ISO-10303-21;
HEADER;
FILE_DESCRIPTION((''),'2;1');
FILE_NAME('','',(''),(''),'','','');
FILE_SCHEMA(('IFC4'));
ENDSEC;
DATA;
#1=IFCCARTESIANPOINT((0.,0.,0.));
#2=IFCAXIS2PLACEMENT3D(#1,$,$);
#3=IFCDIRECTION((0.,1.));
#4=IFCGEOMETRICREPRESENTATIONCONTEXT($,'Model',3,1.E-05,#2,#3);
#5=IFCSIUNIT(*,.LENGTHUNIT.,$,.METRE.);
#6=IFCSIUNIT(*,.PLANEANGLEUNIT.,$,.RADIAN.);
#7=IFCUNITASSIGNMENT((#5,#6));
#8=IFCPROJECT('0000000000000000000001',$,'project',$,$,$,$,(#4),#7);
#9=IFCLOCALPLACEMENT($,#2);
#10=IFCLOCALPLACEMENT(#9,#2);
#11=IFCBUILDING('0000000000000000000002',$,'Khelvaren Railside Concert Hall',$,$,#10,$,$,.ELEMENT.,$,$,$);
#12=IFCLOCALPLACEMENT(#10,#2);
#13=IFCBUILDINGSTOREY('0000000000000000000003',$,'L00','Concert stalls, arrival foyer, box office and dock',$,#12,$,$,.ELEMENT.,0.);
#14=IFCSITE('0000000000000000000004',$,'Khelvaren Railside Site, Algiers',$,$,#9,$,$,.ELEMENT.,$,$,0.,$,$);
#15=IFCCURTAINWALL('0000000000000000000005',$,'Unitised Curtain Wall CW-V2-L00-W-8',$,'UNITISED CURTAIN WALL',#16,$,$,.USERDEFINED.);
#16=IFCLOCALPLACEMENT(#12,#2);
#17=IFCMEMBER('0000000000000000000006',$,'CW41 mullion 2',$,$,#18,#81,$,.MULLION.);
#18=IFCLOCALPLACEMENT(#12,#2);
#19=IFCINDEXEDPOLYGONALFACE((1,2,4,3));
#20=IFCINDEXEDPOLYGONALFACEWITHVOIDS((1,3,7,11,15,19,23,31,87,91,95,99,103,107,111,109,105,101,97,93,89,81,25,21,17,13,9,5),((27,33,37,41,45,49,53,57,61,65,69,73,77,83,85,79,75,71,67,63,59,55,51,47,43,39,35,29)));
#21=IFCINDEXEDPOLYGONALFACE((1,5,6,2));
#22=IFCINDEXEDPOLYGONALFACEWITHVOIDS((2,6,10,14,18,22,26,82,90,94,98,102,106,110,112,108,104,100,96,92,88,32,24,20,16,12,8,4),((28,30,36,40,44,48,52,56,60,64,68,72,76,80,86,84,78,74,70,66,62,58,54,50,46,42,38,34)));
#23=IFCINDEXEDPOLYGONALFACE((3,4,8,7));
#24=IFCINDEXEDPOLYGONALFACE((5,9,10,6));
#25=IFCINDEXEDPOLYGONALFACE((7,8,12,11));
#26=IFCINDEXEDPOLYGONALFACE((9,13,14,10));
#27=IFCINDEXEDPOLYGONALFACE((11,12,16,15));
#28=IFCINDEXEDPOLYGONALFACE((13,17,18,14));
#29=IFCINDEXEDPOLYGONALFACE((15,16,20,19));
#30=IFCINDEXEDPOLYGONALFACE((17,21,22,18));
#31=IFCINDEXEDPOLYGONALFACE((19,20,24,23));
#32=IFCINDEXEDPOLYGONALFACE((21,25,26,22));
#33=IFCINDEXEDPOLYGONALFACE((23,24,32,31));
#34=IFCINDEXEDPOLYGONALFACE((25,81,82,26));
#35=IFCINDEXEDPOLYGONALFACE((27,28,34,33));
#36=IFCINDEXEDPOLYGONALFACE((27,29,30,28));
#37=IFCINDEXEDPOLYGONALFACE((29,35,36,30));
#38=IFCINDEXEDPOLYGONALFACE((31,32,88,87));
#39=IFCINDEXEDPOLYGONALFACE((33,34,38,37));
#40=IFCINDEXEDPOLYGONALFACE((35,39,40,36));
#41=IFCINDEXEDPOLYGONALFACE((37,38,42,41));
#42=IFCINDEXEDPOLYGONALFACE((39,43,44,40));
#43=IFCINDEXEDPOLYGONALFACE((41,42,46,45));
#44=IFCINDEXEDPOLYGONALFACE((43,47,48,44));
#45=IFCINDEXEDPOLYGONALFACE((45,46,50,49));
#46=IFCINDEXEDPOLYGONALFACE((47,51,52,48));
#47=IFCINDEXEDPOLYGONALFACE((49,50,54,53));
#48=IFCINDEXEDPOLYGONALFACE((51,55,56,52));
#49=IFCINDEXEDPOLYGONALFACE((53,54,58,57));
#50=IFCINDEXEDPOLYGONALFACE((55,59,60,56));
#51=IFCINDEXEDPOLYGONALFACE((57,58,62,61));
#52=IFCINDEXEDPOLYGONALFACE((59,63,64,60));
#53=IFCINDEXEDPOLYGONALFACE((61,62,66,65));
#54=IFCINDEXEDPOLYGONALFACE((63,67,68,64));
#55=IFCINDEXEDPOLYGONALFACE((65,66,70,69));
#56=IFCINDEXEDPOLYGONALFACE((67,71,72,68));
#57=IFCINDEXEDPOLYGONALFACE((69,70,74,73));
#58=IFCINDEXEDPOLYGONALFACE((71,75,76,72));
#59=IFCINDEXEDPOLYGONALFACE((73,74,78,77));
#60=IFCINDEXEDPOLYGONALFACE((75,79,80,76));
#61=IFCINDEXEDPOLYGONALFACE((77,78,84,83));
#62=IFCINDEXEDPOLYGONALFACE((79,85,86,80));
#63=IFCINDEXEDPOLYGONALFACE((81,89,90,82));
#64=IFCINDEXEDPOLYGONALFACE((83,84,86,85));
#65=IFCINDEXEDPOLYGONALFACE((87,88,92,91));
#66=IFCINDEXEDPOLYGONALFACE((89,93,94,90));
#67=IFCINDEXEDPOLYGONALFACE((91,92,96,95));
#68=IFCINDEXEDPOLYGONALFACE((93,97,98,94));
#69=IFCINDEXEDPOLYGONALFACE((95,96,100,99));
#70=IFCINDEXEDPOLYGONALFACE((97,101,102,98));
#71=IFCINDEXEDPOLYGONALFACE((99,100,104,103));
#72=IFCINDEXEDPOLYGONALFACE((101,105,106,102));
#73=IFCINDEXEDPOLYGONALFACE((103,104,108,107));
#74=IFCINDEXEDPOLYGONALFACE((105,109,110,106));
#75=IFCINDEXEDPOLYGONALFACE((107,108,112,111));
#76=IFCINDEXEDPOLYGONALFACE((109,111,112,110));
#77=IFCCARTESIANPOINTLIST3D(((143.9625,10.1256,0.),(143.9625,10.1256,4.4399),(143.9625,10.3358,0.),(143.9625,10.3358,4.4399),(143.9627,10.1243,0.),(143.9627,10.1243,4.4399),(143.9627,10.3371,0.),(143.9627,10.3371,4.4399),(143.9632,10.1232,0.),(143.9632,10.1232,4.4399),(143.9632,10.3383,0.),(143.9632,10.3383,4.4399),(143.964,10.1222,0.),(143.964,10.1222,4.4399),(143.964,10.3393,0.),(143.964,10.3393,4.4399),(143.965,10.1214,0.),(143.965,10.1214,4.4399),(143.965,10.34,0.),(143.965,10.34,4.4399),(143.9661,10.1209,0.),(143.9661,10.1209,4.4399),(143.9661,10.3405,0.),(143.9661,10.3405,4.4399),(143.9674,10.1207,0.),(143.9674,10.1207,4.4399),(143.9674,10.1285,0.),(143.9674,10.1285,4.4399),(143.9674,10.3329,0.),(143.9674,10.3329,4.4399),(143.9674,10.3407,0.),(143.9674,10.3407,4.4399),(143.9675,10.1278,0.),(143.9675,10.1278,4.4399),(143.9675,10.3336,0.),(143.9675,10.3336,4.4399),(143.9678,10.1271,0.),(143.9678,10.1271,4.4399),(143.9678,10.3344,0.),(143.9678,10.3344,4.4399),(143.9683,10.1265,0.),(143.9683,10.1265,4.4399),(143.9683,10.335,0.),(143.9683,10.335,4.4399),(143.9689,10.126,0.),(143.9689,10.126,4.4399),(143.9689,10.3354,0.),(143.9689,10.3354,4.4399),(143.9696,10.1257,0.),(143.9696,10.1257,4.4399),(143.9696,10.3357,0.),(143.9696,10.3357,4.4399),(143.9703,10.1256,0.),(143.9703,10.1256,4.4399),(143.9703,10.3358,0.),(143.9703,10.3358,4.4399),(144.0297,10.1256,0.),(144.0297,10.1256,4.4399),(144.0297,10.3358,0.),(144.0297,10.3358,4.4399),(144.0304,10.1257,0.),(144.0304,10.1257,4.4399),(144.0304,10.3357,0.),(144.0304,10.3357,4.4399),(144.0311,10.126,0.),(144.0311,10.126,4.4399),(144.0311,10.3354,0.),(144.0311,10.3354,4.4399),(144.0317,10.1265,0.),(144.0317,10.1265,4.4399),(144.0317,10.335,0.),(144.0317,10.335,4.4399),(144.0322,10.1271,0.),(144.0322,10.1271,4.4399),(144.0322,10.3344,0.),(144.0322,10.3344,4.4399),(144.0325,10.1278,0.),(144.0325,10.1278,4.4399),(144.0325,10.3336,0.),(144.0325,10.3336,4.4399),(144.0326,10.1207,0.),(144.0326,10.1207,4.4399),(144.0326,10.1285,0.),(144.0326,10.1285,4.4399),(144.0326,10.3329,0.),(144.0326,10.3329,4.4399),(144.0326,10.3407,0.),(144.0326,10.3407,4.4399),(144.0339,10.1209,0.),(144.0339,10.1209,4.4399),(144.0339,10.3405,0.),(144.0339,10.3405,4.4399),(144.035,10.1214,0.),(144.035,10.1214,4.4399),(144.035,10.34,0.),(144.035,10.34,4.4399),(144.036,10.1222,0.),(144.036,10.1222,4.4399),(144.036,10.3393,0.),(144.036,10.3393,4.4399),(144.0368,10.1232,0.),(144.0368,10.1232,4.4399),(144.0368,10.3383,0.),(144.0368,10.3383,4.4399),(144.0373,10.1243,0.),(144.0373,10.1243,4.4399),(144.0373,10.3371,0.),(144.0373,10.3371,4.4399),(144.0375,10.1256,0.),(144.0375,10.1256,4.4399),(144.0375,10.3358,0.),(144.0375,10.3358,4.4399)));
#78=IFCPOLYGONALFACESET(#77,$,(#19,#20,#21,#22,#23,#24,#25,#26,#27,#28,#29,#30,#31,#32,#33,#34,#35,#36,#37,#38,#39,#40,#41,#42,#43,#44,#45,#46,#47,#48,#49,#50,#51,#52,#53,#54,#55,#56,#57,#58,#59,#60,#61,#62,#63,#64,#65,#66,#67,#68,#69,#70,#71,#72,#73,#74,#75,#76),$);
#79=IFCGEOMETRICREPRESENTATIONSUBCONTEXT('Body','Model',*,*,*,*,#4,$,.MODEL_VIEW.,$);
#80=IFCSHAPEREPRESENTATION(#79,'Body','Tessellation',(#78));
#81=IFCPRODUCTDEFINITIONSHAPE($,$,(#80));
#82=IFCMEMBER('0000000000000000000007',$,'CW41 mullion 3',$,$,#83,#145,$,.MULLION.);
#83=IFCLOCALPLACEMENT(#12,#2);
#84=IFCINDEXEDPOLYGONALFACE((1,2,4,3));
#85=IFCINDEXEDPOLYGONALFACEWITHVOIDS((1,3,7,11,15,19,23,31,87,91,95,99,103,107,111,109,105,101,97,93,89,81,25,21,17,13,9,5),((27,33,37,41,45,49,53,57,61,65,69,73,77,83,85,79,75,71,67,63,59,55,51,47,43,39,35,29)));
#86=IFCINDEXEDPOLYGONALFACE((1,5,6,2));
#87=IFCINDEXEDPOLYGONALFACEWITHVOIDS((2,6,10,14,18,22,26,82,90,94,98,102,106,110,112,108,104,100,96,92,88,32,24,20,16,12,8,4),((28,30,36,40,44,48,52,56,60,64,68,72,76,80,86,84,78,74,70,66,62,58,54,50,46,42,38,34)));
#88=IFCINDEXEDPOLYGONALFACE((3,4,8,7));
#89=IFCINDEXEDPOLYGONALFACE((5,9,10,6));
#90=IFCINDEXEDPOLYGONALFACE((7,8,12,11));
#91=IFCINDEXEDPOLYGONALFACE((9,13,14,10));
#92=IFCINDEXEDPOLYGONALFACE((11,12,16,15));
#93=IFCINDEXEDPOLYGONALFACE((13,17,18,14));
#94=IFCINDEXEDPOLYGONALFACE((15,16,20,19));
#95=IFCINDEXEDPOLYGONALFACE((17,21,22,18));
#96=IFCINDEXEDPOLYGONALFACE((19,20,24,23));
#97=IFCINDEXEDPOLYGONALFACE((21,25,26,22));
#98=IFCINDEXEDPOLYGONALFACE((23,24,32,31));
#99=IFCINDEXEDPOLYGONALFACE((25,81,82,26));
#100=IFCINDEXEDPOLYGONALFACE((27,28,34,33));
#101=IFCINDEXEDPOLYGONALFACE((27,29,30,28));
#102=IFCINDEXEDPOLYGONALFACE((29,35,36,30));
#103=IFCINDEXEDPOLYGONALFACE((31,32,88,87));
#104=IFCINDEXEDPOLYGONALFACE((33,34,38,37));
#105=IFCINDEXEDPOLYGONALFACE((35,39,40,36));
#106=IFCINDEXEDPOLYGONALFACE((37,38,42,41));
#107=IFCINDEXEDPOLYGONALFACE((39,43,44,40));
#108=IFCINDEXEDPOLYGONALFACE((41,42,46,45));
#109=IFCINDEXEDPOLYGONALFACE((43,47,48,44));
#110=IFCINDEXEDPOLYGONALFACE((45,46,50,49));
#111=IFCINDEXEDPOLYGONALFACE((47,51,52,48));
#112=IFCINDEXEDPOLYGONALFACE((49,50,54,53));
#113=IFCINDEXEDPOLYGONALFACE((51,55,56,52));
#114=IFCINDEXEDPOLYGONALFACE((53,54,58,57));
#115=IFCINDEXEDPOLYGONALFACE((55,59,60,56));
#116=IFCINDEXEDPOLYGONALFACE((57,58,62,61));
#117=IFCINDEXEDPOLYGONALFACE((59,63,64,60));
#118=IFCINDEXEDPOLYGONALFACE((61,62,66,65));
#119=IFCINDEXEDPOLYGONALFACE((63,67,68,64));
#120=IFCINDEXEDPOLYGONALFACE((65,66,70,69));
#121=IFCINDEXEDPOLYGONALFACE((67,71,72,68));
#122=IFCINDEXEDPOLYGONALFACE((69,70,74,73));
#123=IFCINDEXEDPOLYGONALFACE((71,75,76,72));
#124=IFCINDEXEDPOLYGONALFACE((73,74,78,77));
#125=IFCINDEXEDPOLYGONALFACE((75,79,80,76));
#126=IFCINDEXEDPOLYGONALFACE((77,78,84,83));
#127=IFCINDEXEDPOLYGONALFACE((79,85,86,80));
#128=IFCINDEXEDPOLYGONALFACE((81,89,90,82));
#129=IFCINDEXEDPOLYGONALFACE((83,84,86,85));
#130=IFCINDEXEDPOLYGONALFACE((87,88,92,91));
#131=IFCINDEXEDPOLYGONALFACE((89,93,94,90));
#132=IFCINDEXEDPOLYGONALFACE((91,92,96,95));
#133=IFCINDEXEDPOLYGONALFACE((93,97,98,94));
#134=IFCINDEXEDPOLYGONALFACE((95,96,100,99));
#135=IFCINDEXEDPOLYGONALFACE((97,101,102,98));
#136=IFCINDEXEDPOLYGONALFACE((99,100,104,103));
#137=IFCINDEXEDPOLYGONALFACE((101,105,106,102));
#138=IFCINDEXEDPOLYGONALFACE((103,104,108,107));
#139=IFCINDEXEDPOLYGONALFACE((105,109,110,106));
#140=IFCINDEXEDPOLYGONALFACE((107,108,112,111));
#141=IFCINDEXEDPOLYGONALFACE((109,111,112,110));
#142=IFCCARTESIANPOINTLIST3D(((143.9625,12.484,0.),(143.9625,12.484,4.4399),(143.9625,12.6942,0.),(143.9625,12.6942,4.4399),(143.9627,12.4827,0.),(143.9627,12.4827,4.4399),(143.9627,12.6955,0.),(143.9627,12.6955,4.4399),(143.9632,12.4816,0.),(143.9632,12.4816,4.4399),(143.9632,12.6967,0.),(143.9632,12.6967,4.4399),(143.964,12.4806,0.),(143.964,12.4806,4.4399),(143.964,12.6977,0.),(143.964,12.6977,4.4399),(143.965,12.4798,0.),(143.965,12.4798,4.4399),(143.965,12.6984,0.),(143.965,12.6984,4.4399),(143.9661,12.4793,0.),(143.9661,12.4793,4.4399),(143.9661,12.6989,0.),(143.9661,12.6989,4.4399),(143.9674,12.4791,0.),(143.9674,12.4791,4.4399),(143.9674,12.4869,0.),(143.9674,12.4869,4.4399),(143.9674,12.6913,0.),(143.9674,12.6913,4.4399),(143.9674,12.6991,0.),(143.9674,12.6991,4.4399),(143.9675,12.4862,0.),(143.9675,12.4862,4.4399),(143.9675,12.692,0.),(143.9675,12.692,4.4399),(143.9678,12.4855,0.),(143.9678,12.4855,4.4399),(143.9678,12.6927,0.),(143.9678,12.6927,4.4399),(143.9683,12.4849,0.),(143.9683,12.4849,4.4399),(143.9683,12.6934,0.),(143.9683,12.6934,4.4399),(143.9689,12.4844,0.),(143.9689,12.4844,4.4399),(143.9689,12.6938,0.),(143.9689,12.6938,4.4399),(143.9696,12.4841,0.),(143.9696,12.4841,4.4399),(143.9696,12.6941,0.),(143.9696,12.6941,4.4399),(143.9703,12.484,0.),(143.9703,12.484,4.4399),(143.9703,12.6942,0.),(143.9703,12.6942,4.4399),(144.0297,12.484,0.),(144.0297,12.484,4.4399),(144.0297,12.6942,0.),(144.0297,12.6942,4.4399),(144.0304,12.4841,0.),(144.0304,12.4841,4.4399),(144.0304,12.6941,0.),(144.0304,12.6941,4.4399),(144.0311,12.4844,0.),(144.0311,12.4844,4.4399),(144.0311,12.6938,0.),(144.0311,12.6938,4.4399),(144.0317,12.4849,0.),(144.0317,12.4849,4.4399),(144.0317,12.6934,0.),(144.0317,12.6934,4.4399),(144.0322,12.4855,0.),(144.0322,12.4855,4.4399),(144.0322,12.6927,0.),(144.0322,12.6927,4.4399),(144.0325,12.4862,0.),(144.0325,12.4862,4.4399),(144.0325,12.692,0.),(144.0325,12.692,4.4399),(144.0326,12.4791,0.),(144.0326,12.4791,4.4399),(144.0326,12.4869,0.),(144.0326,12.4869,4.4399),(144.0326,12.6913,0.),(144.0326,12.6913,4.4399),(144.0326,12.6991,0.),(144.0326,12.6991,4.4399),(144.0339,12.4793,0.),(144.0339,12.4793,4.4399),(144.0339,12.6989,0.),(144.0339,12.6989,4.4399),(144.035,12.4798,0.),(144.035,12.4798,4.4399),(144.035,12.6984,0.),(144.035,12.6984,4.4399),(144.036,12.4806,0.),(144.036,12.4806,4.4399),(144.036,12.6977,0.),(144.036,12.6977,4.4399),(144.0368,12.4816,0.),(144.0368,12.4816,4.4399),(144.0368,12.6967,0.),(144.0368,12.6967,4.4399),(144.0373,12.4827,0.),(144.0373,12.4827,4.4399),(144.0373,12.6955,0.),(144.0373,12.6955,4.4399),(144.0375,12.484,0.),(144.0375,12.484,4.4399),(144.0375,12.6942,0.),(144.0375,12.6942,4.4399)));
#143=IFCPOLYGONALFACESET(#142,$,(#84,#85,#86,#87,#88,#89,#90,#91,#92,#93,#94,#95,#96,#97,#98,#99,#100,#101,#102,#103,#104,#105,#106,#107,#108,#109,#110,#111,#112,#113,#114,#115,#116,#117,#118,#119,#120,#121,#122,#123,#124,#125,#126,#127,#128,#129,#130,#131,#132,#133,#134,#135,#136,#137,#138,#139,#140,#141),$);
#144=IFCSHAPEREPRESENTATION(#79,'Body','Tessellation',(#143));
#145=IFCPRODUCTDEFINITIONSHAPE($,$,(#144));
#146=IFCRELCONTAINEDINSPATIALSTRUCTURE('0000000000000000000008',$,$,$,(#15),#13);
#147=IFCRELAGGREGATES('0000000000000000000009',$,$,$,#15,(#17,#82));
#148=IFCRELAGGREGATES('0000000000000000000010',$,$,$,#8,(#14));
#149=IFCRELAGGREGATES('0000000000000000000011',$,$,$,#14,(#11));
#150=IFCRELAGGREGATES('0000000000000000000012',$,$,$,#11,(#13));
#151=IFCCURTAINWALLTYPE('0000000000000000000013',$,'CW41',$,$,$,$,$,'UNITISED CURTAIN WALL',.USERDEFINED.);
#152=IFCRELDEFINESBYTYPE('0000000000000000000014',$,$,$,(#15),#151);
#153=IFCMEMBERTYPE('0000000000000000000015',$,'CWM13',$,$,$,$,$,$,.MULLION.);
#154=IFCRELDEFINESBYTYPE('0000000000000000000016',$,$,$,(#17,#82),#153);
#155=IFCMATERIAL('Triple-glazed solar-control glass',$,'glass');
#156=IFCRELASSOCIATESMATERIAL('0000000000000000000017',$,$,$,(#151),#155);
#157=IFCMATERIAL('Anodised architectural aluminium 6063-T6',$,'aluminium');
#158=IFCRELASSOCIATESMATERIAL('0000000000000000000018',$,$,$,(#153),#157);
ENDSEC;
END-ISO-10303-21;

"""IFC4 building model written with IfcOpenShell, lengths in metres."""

from ifc_helpers import new_model, si_unit, direction, frame, origin, origin_2d, place, context, subcontext, project, spatial, hollow_rectangle, extrude, material, material_profile, profile_set, type_object, element, aggregate, save


model = new_model("IFC4")

# Units and contexts
model_context = context("Model", 3, precision=1e-05, world=origin(), true_north=direction((0.0, 1.0)))
body_context = subcontext(model_context, "Body", "Model", "MODEL_VIEW")
ifc_project = project(units=[si_unit("LENGTHUNIT", "METRE"), si_unit("PLANEANGLEUNIT", "RADIAN")], contexts=[model_context])

# Site, building, storey
site_placement = place(None, origin())
site = spatial("IfcSite", under=ifc_project, at=site_placement, Name="Khelvaren Railside Site, Algiers", CompositionType="ELEMENT", RefElevation=0.0)
building_placement = place(site_placement, origin())
building = spatial("IfcBuilding", under=site, at=building_placement, Name="Khelvaren Railside Concert Hall", CompositionType="ELEMENT")
storey_placement = place(building_placement, origin())
storey = spatial("IfcBuildingStorey", under=building, at=storey_placement, Name="L00", Description="Concert stalls, arrival foyer, box office and dock", CompositionType="ELEMENT", Elevation=0.0)

# Curtain wall, members
ifc_material_1 = material(Name="Triple-glazed solar-control glass", Category="glass")
curtain_wall_type = type_object("IfcCurtainWallType", Name="CW41", ElementType="UNITISED CURTAIN WALL", PredefinedType="USERDEFINED", material=ifc_material_1)
curtain_wall_placement = place(storey_placement, origin())
curtain_wall = element("IfcCurtainWall", 1, at=curtain_wall_placement, inside=storey, type_object=curtain_wall_type, Name="Unitised Curtain Wall CW-V2-L00-W-8", ObjectType="UNITISED CURTAIN WALL", PredefinedType="USERDEFINED")
ifc_material_2 = material(Name="Anodised architectural aluminium 6063-T6", Category="aluminium")
ifc_material_profile_1 = material_profile(ifc_material_2, hollow_rectangle(XDim=0.075, YDim=0.22, WallThickness=0.0049, InnerFilletRadius=0.0029, OuterFilletRadius=0.0049, at=origin_2d()), Name="CWM 75x220x5")
ifc_profile_set_1 = profile_set([ifc_material_profile_1], Name="Anodised architectural aluminium 6063-T6")
member_type_1 = type_object("IfcMemberType", Name="CWM13", PredefinedType="MULLION", material=ifc_profile_set_1)
member_1_placement = place(storey_placement, frame((144.0, 10.2307, 0.0), z_axis=(0.0, 0.0, 1.0), x_axis=(-1.0, 0.0, 0.0)))
member_1 = element("IfcMember", 2, at=member_1_placement, type_object=member_type_1, Name="CW41 mullion 2", PredefinedType="MULLION", context=body_context, shape_type="SweptSolid", body=[
    extrude(hollow_rectangle(XDim=0.075, YDim=0.22, WallThickness=0.0049, InnerFilletRadius=0.0029, OuterFilletRadius=0.0049, at=origin_2d()), origin(), (0.0, 0.0, 1.0), 4.4399),
])
member_2_placement = place(storey_placement, frame((144.0, 12.5891, 0.0), z_axis=(0.0, 0.0, 1.0), x_axis=(-1.0, 0.0, 0.0)))
member_2 = element("IfcMember", 3, at=member_2_placement, type_object=member_type_1, Name="CW41 mullion 3", PredefinedType="MULLION", context=body_context, shape_type="SweptSolid", body=[
    extrude(hollow_rectangle(XDim=0.075, YDim=0.22, WallThickness=0.0049, InnerFilletRadius=0.0029, OuterFilletRadius=0.0049, at=origin_2d()), origin(), (0.0, 0.0, 1.0), 4.4399),
])

aggregate(curtain_wall, [member_1, member_2])

save(model, "model.ifc")
